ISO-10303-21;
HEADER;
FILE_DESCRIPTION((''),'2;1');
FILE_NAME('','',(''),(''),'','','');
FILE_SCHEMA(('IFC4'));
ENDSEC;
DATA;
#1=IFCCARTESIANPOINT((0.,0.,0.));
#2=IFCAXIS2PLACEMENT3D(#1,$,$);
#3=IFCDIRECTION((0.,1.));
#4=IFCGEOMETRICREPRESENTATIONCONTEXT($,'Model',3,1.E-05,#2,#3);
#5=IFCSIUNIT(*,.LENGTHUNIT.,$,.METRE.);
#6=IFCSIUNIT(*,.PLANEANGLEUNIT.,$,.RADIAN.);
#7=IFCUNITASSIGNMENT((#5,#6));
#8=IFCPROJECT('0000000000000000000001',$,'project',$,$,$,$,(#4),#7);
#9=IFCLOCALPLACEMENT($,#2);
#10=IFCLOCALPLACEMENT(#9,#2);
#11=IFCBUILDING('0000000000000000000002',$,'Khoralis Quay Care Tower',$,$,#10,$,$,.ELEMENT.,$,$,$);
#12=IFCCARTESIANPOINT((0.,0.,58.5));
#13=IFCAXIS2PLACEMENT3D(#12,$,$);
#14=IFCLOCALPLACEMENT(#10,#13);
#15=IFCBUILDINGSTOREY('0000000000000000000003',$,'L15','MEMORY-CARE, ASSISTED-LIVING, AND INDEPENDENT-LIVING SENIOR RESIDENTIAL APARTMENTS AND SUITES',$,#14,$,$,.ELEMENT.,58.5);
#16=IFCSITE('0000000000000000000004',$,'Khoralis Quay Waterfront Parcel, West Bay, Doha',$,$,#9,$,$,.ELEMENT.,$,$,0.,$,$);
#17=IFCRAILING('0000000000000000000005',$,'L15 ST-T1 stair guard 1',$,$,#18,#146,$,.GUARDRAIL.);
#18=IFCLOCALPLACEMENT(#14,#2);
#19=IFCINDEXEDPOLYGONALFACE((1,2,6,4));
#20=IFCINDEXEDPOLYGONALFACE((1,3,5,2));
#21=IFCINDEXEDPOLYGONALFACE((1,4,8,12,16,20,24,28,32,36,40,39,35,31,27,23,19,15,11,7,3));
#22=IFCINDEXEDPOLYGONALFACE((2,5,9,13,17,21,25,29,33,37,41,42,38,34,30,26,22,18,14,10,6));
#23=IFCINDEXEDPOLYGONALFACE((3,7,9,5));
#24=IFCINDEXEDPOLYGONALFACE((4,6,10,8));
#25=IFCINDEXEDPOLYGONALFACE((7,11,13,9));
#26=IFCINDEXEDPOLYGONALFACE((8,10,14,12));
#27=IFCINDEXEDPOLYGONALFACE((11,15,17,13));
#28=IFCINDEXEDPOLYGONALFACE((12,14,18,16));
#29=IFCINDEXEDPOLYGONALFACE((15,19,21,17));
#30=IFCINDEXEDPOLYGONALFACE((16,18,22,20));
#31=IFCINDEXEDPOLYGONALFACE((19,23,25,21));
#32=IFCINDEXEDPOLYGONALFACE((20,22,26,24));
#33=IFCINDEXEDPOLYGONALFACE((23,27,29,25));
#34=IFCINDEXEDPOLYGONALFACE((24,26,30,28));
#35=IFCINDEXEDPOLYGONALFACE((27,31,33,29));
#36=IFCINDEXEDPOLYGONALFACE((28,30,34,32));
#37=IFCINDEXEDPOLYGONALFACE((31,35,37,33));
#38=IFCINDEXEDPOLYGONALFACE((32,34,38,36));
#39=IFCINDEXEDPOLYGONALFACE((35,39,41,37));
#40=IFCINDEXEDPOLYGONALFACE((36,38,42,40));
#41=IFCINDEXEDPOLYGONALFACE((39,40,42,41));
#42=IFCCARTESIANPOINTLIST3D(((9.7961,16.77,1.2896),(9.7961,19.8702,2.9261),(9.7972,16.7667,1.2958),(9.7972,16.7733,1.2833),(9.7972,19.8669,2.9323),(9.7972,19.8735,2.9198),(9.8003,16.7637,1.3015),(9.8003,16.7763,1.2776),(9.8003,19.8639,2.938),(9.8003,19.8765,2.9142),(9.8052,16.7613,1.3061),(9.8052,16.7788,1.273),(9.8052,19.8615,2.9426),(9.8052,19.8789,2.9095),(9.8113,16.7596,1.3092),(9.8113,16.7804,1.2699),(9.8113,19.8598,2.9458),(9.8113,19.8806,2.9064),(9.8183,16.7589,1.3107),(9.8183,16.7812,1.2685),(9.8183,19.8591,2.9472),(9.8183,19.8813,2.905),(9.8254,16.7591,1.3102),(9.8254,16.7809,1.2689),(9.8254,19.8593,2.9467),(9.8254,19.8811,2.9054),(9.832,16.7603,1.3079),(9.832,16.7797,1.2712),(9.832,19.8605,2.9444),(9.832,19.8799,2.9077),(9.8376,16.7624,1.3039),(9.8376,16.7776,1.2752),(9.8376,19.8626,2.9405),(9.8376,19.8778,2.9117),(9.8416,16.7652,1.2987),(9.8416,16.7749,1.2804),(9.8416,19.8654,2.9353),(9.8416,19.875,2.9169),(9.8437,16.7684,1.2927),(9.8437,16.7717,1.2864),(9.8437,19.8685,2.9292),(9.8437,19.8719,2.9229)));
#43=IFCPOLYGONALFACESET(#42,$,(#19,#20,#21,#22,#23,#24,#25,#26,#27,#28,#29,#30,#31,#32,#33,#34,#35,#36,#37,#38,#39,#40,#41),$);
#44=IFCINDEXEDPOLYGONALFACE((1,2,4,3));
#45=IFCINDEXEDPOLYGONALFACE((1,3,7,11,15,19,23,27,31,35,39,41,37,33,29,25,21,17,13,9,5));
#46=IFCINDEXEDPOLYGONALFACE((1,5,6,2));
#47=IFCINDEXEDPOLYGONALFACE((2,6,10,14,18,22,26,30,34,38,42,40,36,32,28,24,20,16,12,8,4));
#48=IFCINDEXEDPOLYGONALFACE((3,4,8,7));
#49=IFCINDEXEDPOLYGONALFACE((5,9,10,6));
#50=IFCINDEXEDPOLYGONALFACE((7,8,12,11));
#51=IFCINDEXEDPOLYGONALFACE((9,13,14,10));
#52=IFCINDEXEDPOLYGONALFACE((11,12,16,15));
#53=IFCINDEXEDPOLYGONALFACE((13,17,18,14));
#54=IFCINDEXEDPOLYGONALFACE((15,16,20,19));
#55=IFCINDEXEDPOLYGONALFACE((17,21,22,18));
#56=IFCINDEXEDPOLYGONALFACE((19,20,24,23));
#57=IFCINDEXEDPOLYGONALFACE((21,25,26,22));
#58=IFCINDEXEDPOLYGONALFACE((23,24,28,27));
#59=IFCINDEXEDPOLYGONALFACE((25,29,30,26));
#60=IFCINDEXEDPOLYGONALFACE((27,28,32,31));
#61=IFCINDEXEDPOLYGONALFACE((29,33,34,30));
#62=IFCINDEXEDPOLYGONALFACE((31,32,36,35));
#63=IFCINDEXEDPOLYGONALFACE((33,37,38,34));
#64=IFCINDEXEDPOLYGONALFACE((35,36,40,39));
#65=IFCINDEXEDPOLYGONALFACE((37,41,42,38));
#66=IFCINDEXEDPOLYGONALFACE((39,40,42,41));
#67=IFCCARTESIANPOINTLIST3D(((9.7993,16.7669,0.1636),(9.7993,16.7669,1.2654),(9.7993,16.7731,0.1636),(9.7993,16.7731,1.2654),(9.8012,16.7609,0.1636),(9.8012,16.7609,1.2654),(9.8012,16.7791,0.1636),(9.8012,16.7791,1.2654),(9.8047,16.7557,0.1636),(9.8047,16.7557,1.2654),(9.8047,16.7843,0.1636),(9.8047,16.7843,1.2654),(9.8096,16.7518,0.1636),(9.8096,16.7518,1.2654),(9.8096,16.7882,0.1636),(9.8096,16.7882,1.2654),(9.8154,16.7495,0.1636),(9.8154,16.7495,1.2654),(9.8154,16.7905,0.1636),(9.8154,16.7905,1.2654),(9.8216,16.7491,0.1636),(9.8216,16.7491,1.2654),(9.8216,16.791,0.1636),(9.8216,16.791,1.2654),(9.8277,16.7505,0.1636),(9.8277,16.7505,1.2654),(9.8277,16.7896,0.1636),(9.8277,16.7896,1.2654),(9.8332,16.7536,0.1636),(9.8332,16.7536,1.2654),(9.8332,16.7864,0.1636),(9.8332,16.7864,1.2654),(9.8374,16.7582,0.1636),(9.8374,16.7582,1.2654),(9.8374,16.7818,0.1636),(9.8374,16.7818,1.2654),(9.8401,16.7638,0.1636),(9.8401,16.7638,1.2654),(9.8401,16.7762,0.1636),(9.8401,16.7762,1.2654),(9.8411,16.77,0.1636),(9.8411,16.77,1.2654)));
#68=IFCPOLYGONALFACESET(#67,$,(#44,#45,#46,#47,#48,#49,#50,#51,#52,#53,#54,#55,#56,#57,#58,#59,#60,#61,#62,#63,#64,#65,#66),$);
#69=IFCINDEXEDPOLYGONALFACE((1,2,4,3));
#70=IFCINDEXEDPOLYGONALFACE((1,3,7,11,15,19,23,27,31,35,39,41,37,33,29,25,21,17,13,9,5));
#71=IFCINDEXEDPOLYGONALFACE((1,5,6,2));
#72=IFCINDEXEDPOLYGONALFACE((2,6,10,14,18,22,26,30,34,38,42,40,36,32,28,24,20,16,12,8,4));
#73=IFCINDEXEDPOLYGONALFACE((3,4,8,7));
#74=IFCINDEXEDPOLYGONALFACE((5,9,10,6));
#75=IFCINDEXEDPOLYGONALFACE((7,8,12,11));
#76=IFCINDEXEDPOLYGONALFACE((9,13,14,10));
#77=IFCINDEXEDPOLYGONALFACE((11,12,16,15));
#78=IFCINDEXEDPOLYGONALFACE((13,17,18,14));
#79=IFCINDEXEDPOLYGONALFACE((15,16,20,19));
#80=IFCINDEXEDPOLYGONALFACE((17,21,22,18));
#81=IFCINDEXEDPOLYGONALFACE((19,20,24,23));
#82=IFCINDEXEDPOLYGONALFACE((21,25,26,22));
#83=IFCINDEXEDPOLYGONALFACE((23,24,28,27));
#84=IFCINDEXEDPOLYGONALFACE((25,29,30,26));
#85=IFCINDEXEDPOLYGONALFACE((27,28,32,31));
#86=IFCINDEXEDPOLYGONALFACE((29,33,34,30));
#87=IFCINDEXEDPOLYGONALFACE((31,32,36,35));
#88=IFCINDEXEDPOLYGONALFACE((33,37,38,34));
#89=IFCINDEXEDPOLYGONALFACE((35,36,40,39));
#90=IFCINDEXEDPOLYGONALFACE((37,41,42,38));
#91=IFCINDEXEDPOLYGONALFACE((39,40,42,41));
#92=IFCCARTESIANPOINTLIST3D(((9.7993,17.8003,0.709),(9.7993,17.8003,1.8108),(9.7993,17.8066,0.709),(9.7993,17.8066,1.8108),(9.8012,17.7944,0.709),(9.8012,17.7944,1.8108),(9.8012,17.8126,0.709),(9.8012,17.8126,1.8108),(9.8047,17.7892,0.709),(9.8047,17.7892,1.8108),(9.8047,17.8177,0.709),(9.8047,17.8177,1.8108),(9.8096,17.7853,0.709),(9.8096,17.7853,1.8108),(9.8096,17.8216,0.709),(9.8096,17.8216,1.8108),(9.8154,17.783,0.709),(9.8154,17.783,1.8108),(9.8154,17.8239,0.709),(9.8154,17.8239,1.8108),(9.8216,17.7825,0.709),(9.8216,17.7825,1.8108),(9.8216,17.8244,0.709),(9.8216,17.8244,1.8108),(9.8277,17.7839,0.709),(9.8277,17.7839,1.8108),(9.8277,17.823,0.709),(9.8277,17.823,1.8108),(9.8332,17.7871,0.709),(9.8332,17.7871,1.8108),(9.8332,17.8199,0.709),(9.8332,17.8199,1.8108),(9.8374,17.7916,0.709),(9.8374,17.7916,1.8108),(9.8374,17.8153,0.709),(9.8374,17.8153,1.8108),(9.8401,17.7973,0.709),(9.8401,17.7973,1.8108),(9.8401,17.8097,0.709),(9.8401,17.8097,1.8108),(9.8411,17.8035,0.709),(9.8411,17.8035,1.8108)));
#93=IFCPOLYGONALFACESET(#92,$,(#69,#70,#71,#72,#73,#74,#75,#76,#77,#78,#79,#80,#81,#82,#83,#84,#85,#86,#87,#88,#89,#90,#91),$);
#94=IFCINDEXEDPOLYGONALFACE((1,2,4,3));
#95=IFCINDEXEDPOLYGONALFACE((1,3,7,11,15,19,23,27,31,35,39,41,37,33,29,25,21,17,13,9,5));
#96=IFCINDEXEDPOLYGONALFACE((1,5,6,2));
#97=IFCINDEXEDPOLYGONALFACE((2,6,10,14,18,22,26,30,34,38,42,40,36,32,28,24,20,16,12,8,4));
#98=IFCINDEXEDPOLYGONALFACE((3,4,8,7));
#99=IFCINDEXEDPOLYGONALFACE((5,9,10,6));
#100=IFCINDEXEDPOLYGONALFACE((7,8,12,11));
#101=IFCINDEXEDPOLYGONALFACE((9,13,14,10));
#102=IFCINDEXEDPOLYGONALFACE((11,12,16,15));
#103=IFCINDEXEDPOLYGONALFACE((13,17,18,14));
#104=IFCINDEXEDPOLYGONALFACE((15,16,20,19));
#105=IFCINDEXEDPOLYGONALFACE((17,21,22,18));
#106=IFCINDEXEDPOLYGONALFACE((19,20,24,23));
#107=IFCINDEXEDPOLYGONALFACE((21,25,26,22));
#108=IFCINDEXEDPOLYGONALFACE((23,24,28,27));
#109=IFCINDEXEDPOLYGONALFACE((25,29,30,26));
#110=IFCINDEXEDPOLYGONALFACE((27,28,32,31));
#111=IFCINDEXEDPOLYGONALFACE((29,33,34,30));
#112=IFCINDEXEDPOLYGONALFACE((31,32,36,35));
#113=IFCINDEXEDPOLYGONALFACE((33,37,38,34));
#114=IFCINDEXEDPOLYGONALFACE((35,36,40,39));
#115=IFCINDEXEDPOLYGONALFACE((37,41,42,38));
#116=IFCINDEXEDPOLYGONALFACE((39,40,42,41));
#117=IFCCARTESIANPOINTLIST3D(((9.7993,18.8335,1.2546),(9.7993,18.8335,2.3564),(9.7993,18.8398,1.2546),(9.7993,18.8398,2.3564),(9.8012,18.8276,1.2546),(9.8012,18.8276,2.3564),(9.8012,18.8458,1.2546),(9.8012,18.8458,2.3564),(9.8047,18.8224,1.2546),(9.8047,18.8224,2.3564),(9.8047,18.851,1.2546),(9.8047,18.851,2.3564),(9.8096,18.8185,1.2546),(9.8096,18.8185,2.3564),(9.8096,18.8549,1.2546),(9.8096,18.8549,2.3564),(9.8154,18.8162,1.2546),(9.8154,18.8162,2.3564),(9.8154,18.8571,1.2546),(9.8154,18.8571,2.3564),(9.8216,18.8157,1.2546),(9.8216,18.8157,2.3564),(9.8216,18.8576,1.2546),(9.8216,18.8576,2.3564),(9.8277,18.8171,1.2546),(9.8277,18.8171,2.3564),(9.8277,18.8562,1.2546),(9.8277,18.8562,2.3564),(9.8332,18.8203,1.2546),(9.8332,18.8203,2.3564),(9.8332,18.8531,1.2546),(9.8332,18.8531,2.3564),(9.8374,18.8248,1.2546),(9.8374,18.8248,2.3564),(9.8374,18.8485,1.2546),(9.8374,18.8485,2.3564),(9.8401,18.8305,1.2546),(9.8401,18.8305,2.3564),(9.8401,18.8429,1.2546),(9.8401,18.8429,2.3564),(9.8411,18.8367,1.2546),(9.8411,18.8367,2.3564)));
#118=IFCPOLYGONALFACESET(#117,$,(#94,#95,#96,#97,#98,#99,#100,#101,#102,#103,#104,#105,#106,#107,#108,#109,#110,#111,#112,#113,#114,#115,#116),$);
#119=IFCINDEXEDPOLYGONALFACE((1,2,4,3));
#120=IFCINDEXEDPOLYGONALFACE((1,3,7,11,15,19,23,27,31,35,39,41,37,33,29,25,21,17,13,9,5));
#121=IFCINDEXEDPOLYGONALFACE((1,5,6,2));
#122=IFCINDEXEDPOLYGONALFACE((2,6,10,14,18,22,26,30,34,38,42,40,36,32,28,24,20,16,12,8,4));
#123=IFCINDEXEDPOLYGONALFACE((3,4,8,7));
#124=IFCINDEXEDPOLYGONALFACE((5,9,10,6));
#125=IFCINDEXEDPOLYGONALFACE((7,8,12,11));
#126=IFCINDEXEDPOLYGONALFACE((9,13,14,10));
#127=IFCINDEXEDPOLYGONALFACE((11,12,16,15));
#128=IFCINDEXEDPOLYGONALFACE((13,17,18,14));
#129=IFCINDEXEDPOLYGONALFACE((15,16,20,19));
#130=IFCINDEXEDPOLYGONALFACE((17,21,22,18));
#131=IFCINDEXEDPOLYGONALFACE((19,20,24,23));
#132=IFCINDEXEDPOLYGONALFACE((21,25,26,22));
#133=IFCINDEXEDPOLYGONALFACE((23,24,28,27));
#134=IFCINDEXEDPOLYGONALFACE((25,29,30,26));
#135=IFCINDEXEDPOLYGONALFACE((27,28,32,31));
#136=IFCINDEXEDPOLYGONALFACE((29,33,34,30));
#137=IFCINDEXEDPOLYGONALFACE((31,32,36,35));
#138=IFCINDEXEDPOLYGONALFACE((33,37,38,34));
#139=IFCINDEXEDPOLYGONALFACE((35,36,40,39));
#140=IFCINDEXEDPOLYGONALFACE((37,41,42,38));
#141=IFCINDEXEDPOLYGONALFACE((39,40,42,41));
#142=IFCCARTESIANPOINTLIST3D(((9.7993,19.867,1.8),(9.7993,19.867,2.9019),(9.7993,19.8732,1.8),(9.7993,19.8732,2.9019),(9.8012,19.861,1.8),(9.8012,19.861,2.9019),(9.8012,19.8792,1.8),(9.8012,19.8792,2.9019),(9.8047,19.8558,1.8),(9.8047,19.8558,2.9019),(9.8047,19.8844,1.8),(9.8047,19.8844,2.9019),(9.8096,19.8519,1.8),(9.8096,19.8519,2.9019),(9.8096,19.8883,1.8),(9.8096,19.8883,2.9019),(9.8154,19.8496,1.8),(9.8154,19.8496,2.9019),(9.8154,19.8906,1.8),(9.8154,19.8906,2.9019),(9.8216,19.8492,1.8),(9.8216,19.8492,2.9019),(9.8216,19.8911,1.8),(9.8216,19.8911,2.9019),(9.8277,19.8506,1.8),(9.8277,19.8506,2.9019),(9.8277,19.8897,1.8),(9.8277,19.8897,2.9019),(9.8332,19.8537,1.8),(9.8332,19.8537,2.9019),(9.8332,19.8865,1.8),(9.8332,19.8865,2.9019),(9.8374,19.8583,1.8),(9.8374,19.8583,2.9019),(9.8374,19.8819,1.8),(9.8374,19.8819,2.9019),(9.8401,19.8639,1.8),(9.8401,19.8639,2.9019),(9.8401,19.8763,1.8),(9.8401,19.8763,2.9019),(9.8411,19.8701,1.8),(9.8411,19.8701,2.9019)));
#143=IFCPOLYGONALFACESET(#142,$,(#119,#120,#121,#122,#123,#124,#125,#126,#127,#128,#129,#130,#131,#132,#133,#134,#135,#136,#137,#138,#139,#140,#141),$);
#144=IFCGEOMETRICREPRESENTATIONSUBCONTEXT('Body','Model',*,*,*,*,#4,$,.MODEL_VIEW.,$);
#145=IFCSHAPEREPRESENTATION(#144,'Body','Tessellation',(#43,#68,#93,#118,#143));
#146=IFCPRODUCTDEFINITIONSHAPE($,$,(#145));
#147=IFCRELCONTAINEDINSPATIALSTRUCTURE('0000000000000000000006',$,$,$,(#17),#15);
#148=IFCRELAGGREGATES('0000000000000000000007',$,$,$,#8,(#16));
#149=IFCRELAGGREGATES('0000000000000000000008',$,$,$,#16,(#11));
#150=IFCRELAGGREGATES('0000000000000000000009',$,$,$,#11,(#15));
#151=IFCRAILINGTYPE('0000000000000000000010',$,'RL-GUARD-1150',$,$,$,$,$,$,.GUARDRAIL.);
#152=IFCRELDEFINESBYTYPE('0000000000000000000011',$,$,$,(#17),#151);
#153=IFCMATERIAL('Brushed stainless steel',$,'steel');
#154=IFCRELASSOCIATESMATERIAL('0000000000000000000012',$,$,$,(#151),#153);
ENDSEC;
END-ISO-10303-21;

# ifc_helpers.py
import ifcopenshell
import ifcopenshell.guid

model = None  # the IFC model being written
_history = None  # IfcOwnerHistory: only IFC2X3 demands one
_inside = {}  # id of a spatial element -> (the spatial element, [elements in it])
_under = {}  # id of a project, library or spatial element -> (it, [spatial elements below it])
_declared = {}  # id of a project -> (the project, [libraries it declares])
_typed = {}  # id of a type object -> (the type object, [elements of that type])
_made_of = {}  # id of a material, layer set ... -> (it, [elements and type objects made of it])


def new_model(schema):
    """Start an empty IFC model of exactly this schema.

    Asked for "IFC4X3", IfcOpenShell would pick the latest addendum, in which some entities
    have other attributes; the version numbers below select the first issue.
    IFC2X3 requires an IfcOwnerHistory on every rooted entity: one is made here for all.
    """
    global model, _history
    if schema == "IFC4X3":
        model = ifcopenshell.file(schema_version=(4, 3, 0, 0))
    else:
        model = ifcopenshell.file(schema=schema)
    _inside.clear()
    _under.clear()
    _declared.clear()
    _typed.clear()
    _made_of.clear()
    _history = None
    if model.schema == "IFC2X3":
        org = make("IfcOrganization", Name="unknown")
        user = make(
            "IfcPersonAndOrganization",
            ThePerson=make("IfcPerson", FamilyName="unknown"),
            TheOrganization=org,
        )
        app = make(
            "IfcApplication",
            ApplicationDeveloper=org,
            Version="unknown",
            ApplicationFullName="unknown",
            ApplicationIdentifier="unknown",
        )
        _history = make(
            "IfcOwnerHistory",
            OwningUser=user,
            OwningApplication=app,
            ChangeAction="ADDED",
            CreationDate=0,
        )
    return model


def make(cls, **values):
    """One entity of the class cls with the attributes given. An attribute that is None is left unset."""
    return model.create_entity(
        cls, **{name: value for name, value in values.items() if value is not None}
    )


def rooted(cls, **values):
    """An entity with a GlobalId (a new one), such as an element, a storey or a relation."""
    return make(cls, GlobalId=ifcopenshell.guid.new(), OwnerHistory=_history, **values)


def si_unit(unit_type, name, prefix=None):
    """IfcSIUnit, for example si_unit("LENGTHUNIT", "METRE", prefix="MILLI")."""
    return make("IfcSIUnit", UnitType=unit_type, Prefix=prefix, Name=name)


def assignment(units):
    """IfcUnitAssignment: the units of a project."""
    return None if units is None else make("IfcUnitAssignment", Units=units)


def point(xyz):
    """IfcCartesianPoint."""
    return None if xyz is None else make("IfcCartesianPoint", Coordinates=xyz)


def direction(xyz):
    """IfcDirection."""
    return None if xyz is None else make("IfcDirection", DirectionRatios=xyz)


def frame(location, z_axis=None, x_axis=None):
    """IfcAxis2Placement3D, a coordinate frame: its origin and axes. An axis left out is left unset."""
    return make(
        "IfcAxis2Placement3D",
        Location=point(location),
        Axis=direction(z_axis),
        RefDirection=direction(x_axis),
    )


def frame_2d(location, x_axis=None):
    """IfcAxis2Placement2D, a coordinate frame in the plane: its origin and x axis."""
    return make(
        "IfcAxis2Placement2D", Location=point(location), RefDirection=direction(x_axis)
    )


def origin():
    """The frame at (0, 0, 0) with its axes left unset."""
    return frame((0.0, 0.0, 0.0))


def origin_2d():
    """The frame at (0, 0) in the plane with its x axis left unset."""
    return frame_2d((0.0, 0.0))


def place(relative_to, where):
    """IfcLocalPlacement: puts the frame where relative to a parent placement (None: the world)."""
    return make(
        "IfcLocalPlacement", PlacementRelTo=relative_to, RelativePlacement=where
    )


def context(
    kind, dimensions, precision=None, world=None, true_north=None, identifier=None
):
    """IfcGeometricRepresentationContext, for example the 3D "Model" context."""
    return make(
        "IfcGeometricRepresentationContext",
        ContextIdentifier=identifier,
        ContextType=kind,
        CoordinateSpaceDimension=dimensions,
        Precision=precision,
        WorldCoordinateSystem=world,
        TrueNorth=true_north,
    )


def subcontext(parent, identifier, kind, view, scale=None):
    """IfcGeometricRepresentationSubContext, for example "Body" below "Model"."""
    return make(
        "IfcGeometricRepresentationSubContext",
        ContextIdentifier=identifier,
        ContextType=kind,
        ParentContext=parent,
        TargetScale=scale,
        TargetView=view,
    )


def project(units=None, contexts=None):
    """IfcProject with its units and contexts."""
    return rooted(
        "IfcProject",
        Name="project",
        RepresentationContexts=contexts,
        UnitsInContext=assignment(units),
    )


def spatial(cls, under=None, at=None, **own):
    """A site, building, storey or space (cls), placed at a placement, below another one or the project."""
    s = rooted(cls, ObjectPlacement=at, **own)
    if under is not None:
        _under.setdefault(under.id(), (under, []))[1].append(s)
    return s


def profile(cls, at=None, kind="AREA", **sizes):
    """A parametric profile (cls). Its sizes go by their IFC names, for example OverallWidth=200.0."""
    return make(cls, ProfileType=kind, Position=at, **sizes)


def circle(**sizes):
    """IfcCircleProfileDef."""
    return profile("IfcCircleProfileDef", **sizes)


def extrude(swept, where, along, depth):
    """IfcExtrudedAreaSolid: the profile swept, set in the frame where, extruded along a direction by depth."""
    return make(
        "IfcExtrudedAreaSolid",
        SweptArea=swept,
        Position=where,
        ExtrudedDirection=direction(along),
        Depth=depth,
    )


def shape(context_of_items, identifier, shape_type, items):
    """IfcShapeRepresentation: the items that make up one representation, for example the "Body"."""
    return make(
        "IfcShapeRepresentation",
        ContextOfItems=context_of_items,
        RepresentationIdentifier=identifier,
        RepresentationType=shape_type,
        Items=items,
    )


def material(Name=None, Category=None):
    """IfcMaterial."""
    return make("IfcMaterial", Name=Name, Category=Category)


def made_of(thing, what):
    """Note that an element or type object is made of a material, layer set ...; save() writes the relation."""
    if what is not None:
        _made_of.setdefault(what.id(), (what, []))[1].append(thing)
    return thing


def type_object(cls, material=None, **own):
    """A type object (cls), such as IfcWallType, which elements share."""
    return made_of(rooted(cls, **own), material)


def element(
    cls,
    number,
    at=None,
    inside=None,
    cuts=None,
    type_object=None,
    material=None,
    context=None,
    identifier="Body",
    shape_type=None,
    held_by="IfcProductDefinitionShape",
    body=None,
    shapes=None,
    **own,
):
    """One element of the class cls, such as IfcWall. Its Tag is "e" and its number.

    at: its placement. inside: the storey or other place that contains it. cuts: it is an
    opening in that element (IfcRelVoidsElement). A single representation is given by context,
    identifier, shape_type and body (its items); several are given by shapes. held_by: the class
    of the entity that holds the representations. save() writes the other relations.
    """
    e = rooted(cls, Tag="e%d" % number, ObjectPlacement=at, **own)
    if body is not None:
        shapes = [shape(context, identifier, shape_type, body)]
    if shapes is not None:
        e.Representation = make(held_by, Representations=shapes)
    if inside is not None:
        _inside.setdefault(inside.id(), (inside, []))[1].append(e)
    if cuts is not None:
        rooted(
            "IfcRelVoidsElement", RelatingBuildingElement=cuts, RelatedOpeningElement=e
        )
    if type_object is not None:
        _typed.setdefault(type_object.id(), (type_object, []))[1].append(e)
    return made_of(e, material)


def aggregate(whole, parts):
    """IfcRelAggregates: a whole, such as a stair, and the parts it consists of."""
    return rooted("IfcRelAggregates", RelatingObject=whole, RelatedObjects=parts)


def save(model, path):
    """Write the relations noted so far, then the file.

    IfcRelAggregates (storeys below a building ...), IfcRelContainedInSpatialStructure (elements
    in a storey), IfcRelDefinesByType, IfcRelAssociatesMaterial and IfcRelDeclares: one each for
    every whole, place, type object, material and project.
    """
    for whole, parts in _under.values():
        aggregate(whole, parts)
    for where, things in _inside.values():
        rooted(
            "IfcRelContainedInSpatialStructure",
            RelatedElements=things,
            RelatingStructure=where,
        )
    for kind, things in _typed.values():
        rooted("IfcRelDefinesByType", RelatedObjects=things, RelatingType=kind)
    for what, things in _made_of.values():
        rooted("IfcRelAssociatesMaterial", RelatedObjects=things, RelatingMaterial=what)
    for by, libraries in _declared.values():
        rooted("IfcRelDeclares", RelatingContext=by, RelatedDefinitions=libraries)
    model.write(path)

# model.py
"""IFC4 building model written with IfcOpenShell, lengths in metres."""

from ifc_helpers import new_model, si_unit, direction, frame, origin, origin_2d, place, context, subcontext, project, spatial, circle, extrude, material, type_object, element, save


model = new_model("IFC4")

# Units and contexts
model_context = context("Model", 3, precision=1e-05, world=origin(), true_north=direction((0.0, 1.0)))
body_context = subcontext(model_context, "Body", "Model", "MODEL_VIEW")
ifc_project = project(units=[si_unit("LENGTHUNIT", "METRE"), si_unit("PLANEANGLEUNIT", "RADIAN")], contexts=[model_context])

# Site, building, storey
site_placement = place(None, origin())
site = spatial("IfcSite", under=ifc_project, at=site_placement, Name="Khoralis Quay Waterfront Parcel, West Bay, Doha", CompositionType="ELEMENT", RefElevation=0.0)
building_placement = place(site_placement, origin())
building = spatial("IfcBuilding", under=site, at=building_placement, Name="Khoralis Quay Care Tower", CompositionType="ELEMENT")
storey_placement = place(building_placement, frame((0.0, 0.0, 58.5)))
storey = spatial("IfcBuildingStorey", under=building, at=storey_placement, Name="L15", Description="MEMORY-CARE, ASSISTED-LIVING, AND INDEPENDENT-LIVING SENIOR RESIDENTIAL APARTMENTS AND SUITES", CompositionType="ELEMENT", Elevation=58.5)

# Shared definitions
ifc_material_1 = material(Name="Brushed stainless steel", Category="steel")

# Railing
railing_type_1 = type_object("IfcRailingType", Name="RL-GUARD-1150", PredefinedType="GUARDRAIL", material=ifc_material_1)
railing_1_placement = place(storey_placement, frame((9.8201, 16.77, 0.1636)))
element("IfcRailing", 1, at=railing_1_placement, inside=storey, type_object=railing_type_1, Name="L15 ST-T1 stair guard 1", PredefinedType="GUARDRAIL", context=body_context, shape_type="SweptSolid", body=[
    extrude(circle(Radius=0.0239, at=origin_2d()), frame((0.0, 0.0, 1.126), z_axis=(0.0, 0.884348, 0.466828), x_axis=(-1.0, 0.0, 0.0)), (0.0, 0.0, 1.0), 3.5056),
    extrude(circle(Radius=0.021, at=origin_2d()), origin(), (0.0, 0.0, 1.0), 1.1018),
    extrude(circle(Radius=0.021, at=origin_2d()), frame((0.0, 1.0334, 0.5454)), (0.0, 0.0, 1.0), 1.1018),
    extrude(circle(Radius=0.021, at=origin_2d()), frame((0.0, 2.0667, 1.0911)), (0.0, 0.0, 1.0), 1.1018),
    extrude(circle(Radius=0.021, at=origin_2d()), frame((0.0, 3.1001, 1.6365)), (0.0, 0.0, 1.0), 1.1018),
])

save(model, "model.ifc")
